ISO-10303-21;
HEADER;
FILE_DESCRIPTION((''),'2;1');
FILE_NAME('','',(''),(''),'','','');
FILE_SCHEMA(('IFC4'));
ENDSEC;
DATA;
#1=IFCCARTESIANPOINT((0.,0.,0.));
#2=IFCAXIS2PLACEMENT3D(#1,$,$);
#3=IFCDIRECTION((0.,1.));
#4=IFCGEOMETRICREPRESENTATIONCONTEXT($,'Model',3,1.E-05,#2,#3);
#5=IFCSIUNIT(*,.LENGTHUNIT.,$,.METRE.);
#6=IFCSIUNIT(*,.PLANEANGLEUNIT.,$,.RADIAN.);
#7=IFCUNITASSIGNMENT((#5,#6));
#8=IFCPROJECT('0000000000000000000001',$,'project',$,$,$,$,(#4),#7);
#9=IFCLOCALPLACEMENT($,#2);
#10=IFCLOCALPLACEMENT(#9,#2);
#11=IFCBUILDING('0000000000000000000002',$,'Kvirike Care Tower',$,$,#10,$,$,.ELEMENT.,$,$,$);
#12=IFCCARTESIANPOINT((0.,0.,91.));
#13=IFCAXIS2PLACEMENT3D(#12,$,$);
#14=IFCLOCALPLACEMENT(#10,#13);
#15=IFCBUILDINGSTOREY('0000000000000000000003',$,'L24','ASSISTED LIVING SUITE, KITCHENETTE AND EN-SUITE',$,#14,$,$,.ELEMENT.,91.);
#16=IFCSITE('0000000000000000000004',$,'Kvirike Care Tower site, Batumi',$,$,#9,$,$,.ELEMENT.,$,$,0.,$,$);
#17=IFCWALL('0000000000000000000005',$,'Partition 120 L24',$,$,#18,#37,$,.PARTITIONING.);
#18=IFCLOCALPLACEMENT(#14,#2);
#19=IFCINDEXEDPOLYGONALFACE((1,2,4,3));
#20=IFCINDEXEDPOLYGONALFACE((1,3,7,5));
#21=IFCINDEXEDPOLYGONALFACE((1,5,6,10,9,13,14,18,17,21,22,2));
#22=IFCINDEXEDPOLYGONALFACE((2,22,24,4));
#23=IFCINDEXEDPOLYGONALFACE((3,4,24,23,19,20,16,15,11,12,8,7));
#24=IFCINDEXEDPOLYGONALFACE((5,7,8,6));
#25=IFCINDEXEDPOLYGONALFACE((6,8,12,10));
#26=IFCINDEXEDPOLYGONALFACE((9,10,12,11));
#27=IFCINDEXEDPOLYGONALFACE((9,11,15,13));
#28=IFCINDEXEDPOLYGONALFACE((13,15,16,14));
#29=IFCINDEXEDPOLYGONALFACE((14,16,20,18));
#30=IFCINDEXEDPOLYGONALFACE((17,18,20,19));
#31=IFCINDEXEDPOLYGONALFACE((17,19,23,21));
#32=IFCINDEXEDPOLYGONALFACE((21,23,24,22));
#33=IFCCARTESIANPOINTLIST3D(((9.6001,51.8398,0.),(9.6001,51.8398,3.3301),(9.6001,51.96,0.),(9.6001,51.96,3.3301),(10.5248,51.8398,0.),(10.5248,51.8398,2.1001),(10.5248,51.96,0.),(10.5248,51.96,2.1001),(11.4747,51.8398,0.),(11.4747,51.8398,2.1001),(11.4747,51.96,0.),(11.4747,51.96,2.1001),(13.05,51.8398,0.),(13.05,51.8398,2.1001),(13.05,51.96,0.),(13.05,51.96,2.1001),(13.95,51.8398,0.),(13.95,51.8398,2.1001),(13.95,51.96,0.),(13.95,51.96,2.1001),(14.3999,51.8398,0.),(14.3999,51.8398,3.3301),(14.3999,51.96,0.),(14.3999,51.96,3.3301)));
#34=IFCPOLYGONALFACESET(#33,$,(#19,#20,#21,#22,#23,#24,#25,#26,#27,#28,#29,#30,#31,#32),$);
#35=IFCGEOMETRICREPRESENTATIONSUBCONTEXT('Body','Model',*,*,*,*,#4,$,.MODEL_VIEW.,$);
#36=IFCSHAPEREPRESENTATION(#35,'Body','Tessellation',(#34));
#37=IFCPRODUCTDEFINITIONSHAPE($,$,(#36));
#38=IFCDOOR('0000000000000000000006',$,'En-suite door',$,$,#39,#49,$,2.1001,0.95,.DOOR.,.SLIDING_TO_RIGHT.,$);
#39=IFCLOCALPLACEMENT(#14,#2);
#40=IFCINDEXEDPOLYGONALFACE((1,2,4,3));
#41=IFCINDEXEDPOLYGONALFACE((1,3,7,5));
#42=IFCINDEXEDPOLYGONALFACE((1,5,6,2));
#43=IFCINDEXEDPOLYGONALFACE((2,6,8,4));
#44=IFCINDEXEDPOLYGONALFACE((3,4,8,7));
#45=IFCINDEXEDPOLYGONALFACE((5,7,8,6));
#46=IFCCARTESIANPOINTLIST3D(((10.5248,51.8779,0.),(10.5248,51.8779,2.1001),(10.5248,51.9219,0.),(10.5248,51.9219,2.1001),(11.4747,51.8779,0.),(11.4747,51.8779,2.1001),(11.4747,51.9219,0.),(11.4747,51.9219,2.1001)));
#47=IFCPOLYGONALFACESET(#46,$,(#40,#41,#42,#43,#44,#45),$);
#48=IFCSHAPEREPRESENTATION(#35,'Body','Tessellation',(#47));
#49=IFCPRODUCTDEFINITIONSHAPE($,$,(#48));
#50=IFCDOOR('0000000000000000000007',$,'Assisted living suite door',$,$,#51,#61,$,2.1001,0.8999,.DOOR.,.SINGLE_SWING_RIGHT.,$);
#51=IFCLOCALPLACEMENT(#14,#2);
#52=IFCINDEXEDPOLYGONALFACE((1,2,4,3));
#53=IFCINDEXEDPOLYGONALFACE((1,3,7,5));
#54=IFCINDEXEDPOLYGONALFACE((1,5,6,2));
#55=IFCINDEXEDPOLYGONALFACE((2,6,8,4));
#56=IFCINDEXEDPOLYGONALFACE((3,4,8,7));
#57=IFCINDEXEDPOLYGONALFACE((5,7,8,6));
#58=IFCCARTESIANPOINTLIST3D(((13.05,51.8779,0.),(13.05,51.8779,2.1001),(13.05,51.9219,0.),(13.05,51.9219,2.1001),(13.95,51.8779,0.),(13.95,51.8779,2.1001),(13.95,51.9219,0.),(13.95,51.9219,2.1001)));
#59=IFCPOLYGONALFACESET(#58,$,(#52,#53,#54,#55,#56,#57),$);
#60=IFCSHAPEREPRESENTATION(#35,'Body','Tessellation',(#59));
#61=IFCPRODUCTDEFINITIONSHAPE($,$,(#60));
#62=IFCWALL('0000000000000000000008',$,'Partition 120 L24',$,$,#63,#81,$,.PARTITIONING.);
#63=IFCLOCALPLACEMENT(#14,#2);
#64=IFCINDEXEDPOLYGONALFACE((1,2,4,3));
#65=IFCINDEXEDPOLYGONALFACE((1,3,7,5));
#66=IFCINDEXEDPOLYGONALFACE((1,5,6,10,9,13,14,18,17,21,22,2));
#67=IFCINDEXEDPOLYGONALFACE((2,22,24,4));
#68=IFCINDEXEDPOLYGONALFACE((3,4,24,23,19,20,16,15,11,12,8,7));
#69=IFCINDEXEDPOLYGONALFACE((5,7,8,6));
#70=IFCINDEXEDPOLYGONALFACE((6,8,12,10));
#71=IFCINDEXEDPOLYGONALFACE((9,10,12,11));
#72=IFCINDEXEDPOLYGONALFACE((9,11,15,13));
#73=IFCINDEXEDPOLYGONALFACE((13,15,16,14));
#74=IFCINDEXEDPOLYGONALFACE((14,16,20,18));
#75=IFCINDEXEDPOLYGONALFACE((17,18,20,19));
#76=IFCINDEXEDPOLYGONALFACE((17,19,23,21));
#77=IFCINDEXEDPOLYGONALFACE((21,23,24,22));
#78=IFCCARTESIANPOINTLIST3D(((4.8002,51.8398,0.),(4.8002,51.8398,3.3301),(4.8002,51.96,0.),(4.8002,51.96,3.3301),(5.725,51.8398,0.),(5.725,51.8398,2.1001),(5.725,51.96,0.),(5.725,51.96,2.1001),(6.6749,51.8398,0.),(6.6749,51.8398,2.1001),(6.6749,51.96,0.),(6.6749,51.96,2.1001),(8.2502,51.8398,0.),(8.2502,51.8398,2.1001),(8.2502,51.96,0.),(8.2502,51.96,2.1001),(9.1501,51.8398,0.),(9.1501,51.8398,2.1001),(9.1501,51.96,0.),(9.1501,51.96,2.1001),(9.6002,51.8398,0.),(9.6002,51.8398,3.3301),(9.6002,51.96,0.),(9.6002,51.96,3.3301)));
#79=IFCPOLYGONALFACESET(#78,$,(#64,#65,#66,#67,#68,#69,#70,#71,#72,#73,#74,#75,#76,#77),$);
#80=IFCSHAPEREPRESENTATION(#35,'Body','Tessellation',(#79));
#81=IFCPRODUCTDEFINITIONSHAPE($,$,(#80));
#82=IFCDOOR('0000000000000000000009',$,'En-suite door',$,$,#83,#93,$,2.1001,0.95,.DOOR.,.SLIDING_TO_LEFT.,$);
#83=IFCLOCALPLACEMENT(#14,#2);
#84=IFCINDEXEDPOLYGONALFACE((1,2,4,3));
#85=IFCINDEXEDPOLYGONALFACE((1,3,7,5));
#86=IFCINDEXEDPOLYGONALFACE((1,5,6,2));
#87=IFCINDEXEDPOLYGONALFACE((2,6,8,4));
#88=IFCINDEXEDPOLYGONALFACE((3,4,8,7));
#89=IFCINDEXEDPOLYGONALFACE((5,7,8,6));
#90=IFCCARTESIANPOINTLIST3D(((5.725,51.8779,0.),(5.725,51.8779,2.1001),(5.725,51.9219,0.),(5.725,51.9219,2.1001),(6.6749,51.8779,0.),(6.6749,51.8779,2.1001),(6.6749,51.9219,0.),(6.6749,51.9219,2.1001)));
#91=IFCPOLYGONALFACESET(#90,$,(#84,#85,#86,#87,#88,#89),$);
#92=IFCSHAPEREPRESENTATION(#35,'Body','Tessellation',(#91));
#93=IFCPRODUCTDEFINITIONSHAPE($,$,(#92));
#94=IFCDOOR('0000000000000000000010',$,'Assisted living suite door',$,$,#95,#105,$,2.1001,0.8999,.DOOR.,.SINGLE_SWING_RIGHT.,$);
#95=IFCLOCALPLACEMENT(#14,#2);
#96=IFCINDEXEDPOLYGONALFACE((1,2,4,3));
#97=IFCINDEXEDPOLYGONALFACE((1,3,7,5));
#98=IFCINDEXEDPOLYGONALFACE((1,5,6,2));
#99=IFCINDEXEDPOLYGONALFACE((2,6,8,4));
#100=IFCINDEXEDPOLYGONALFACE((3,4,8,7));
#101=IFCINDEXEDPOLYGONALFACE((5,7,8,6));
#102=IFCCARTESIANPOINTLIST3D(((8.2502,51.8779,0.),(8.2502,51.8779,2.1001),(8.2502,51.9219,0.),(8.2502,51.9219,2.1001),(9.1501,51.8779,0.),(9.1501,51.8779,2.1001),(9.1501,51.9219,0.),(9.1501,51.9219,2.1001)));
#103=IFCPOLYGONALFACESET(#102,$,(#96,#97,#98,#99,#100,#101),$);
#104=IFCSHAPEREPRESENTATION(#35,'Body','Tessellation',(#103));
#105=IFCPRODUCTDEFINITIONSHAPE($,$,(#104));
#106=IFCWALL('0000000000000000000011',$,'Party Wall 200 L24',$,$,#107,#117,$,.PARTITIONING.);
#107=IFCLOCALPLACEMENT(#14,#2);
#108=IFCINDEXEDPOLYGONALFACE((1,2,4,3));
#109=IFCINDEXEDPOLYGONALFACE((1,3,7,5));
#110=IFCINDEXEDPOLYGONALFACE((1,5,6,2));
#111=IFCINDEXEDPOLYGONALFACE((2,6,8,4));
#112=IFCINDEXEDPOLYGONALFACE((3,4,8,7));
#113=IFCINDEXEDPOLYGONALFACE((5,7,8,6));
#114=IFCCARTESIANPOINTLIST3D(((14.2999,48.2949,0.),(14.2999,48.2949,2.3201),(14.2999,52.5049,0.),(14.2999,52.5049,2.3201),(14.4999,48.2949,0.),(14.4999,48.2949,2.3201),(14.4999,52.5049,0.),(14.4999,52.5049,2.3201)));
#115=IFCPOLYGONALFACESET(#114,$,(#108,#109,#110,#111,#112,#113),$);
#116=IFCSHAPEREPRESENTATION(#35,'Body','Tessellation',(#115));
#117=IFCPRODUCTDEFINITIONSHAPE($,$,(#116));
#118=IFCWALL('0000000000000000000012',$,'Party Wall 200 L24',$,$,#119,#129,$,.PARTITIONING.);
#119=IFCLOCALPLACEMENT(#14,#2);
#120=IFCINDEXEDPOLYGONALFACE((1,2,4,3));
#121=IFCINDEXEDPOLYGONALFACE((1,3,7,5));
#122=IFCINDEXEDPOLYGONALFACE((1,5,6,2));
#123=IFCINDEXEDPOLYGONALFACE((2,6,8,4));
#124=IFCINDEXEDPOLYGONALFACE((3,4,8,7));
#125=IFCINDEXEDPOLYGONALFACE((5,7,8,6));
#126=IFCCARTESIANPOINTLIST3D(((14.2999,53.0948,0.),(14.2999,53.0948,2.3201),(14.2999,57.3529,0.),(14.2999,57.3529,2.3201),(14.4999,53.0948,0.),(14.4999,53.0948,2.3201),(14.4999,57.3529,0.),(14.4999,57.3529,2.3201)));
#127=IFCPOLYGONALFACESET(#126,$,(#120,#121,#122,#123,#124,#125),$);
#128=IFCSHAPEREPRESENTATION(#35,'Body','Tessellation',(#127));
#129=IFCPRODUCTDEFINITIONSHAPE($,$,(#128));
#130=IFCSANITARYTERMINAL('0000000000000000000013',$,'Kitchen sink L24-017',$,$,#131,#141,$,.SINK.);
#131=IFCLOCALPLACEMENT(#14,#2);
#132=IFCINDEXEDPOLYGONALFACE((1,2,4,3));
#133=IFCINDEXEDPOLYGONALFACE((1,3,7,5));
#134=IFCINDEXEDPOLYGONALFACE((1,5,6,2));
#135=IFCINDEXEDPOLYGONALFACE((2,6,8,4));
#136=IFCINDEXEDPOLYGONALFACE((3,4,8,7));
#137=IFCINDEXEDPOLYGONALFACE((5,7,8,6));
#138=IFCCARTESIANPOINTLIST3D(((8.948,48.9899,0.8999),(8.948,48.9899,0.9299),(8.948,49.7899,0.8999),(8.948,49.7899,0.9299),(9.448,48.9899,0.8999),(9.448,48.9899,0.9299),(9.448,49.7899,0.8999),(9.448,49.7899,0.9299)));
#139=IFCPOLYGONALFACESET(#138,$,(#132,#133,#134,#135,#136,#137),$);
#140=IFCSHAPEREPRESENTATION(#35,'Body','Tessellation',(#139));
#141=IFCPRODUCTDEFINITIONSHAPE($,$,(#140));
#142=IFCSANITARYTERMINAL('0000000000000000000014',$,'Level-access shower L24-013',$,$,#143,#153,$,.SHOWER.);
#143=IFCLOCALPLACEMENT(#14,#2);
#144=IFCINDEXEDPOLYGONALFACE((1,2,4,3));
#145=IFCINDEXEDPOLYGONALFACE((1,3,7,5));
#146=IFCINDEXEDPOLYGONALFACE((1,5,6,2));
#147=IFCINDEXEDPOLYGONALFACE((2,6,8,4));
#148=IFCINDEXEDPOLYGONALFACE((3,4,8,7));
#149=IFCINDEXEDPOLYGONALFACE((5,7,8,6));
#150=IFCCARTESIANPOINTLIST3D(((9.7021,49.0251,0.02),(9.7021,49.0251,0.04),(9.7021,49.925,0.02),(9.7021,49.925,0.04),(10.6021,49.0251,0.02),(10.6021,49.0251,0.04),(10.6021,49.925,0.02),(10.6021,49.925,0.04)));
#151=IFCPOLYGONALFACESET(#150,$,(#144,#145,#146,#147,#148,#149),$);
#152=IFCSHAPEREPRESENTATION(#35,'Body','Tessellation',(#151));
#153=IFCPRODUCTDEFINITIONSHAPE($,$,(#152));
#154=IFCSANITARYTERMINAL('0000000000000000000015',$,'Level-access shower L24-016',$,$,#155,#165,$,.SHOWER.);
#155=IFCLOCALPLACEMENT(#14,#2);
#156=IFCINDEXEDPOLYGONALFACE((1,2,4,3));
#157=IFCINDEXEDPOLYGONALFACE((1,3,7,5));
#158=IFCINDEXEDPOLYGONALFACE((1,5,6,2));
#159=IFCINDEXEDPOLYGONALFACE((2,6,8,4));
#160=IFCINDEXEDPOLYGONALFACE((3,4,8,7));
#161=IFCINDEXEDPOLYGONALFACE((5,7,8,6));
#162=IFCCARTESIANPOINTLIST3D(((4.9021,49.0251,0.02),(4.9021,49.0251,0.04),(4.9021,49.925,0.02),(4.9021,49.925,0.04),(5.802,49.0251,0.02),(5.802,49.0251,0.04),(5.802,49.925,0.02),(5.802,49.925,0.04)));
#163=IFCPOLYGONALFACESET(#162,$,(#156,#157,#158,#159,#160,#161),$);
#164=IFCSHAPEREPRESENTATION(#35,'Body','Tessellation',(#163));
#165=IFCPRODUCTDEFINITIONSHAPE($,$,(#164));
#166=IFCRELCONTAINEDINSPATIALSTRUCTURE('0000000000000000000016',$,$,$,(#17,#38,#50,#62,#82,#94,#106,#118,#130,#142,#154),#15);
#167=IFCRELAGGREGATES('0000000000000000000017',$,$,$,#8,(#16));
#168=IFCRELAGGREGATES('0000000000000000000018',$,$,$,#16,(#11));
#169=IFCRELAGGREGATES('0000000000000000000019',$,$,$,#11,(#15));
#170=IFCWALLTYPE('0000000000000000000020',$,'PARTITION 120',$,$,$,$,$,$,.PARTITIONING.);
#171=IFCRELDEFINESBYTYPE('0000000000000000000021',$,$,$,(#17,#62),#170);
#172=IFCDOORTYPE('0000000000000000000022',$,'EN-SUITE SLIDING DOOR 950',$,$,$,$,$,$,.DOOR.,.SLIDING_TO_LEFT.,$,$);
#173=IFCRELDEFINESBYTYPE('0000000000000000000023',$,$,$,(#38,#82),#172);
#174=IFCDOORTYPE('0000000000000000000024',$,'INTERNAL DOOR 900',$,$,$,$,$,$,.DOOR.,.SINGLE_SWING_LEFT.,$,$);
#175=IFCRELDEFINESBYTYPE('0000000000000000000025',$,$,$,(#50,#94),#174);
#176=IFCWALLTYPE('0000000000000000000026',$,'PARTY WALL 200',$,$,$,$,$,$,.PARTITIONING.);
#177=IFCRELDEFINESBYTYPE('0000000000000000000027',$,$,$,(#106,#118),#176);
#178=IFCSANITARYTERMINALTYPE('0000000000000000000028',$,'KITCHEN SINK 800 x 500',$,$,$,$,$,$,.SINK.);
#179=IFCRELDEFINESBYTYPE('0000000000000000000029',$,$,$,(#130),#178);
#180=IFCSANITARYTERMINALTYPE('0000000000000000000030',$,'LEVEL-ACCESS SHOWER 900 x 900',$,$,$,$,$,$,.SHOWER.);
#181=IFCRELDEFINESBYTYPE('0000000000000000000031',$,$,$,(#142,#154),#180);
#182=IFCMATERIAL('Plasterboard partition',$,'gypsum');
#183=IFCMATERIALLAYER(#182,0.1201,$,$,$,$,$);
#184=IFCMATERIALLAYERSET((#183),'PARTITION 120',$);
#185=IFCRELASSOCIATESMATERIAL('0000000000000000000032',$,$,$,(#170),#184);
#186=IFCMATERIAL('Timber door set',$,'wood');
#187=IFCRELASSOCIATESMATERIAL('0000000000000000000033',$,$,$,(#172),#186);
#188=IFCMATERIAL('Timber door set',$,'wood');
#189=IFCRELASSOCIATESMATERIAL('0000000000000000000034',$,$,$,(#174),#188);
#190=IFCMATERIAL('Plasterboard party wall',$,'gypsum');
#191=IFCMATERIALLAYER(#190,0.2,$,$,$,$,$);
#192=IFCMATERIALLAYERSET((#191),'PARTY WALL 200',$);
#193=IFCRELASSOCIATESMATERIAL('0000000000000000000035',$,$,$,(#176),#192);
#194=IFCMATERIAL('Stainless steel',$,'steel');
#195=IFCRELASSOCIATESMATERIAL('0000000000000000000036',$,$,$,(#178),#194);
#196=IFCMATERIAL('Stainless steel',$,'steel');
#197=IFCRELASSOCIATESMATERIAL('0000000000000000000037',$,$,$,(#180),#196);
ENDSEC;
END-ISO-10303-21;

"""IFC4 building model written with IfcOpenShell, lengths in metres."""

from ifc_helpers import new_model, si_unit, direction, frame, frame_2d, origin, origin_2d, place, context, subcontext, project, spatial, rectangle, extrude, material, layer, layer_set, type_object, element, fill, save


model = new_model("IFC4")

# Units and contexts
model_context = context("Model", 3, precision=1e-05, world=origin(), true_north=direction((0.0, 1.0)))
body_context = subcontext(model_context, "Body", "Model", "MODEL_VIEW")
ifc_project = project(units=[si_unit("LENGTHUNIT", "METRE"), si_unit("PLANEANGLEUNIT", "RADIAN")], contexts=[model_context])

# Site, building, storey
site_placement = place(None, origin())
site = spatial("IfcSite", under=ifc_project, at=site_placement, Name="Kvirike Care Tower site, Batumi", CompositionType="ELEMENT", RefElevation=0.0)
building_placement = place(site_placement, origin())
building = spatial("IfcBuilding", under=site, at=building_placement, Name="Kvirike Care Tower", CompositionType="ELEMENT")
storey_placement = place(building_placement, frame((0.0, 0.0, 91.0)))
storey = spatial("IfcBuildingStorey", under=building, at=storey_placement, Name="L24", Description="ASSISTED LIVING SUITE, KITCHENETTE AND EN-SUITE", CompositionType="ELEMENT", Elevation=91.0)

# Walls, openings, doors
ifc_material_1 = material(Name="Plasterboard partition", Category="gypsum")
ifc_layer_1 = layer(ifc_material_1, 0.1201)
ifc_layer_set_1 = layer_set([ifc_layer_1], Name="PARTITION 120")
wall_type_1 = type_object("IfcWallType", Name="PARTITION 120", PredefinedType="PARTITIONING", material=ifc_layer_set_1)
wall_1_placement = place(storey_placement, frame((14.3999, 51.8999, 0.0), z_axis=(0.0, 0.0, 1.0), x_axis=(-1.0, 0.0, 0.0)))
wall_1 = element("IfcWall", 1, at=wall_1_placement, inside=storey, type_object=wall_type_1, Name="Partition 120 L24", PredefinedType="PARTITIONING", context=body_context, shape_type="SweptSolid", body=[
    extrude(rectangle(XDim=4.7998, YDim=0.1201, at=frame_2d((2.3999, 0.0))), origin(), (0.0, 0.0, 1.0), 3.3301),
])
opening_1_placement = place(wall_1_placement, frame((0.45, 0.0, 0.0)))
opening_1 = element("IfcOpeningElement", 2, at=opening_1_placement, cuts=wall_1, PredefinedType="OPENING", context=body_context, shape_type="SweptSolid", body=[
    extrude(rectangle(XDim=0.8999, YDim=2.1001, at=frame_2d((0.45, 1.05))), frame((0.0, 0.0706, 0.0), z_axis=(0.0, -1.0, 0.0), x_axis=(1.0, 0.0, 0.0)), (0.0, 0.0, 1.0), 0.1411),
])
opening_2_placement = place(wall_1_placement, frame((2.925, 0.0, 0.0)))
opening_2 = element("IfcOpeningElement", 3, at=opening_2_placement, cuts=wall_1, PredefinedType="OPENING", context=body_context, shape_type="SweptSolid", body=[
    extrude(rectangle(XDim=0.95, YDim=2.1001, at=frame_2d((0.4751, 1.05))), frame((0.0, 0.0706, 0.0), z_axis=(0.0, -1.0, 0.0), x_axis=(1.0, 0.0, 0.0)), (0.0, 0.0, 1.0), 0.1411),
])
ifc_material_2 = material(Name="Timber door set", Category="wood")
door_type_1 = type_object("IfcDoorType", Name="EN-SUITE SLIDING DOOR 950", OperationType="SLIDING_TO_LEFT", PredefinedType="DOOR", material=ifc_material_2)
door_1_placement = place(opening_2_placement, origin())
door_1 = element("IfcDoor", 4, at=door_1_placement, inside=storey, type_object=door_type_1, Name="En-suite door", OperationType="SLIDING_TO_RIGHT", OverallHeight=2.1001, OverallWidth=0.95, PredefinedType="DOOR", context=body_context, shape_type="SweptSolid", body=[
    extrude(rectangle(XDim=0.95, YDim=2.1001, at=frame_2d((0.4751, 1.05))), frame((0.0, 0.022, 0.0), z_axis=(0.0, -1.0, 0.0), x_axis=(1.0, 0.0, 0.0)), (0.0, 0.0, 1.0), 0.0439),
])
fill(opening_2, door_1)
ifc_material_3 = material(Name="Timber door set", Category="wood")
door_type_2 = type_object("IfcDoorType", Name="INTERNAL DOOR 900", OperationType="SINGLE_SWING_LEFT", PredefinedType="DOOR", material=ifc_material_3)
door_2_placement = place(opening_1_placement, origin())
door_2 = element("IfcDoor", 5, at=door_2_placement, inside=storey, type_object=door_type_2, Name="Assisted living suite door", OperationType="SINGLE_SWING_RIGHT", OverallHeight=2.1001, OverallWidth=0.8999, PredefinedType="DOOR", context=body_context, shape_type="SweptSolid", body=[
    extrude(rectangle(XDim=0.8999, YDim=2.1001, at=frame_2d((0.45, 1.05))), frame((0.0, 0.022, 0.0), z_axis=(0.0, -1.0, 0.0), x_axis=(1.0, 0.0, 0.0)), (0.0, 0.0, 1.0), 0.0439),
])
fill(opening_1, door_2)
wall_2_placement = place(storey_placement, frame((9.6001, 51.8999, 0.0), z_axis=(0.0, 0.0, 1.0), x_axis=(-1.0, 0.0, 0.0)))
wall_2 = element("IfcWall", 6, at=wall_2_placement, inside=storey, type_object=wall_type_1, Name="Partition 120 L24", PredefinedType="PARTITIONING", context=body_context, shape_type="SweptSolid", body=[
    extrude(rectangle(XDim=4.8, YDim=0.1201, at=frame_2d((2.3999, 0.0))), origin(), (0.0, 0.0, 1.0), 3.3301),
])
opening_3_placement = place(wall_2_placement, frame((0.45, 0.0, 0.0)))
opening_3 = element("IfcOpeningElement", 7, at=opening_3_placement, cuts=wall_2, PredefinedType="OPENING", context=body_context, shape_type="SweptSolid", body=[
    extrude(rectangle(XDim=0.8999, YDim=2.1001, at=frame_2d((0.45, 1.05))), frame((0.0, 0.0706, 0.0), z_axis=(0.0, -1.0, 0.0), x_axis=(1.0, 0.0, 0.0)), (0.0, 0.0, 1.0), 0.1411),
])
opening_4_placement = place(wall_2_placement, frame((2.925, 0.0, 0.0)))
opening_4 = element("IfcOpeningElement", 8, at=opening_4_placement, cuts=wall_2, PredefinedType="OPENING", context=body_context, shape_type="SweptSolid", body=[
    extrude(rectangle(XDim=0.95, YDim=2.1001, at=frame_2d((0.4751, 1.05))), frame((0.0, 0.0706, 0.0), z_axis=(0.0, -1.0, 0.0), x_axis=(1.0, 0.0, 0.0)), (0.0, 0.0, 1.0), 0.1411),
])
door_3_placement = place(opening_4_placement, origin())
door_3 = element("IfcDoor", 9, at=door_3_placement, inside=storey, type_object=door_type_1, Name="En-suite door", OperationType="SLIDING_TO_LEFT", OverallHeight=2.1001, OverallWidth=0.95, PredefinedType="DOOR", context=body_context, shape_type="SweptSolid", body=[
    extrude(rectangle(XDim=0.95, YDim=2.1001, at=frame_2d((0.4751, 1.05))), frame((0.0, 0.022, 0.0), z_axis=(0.0, -1.0, 0.0), x_axis=(1.0, 0.0, 0.0)), (0.0, 0.0, 1.0), 0.0439),
])
fill(opening_4, door_3)
door_4_placement = place(opening_3_placement, origin())
door_4 = element("IfcDoor", 10, at=door_4_placement, inside=storey, type_object=door_type_2, Name="Assisted living suite door", OperationType="SINGLE_SWING_RIGHT", OverallHeight=2.1001, OverallWidth=0.8999, PredefinedType="DOOR", context=body_context, shape_type="SweptSolid", body=[
    extrude(rectangle(XDim=0.8999, YDim=2.1001, at=frame_2d((0.45, 1.05))), frame((0.0, 0.022, 0.0), z_axis=(0.0, -1.0, 0.0), x_axis=(1.0, 0.0, 0.0)), (0.0, 0.0, 1.0), 0.0439),
])
fill(opening_3, door_4)

# Walls
ifc_material_4 = material(Name="Plasterboard party wall", Category="gypsum")
ifc_layer_2 = layer(ifc_material_4, 0.2)
ifc_layer_set_2 = layer_set([ifc_layer_2], Name="PARTY WALL 200")
wall_type_2 = type_object("IfcWallType", Name="PARTY WALL 200", PredefinedType="PARTITIONING", material=ifc_layer_set_2)
wall_3_placement = place(storey_placement, frame((14.3999, 48.2949, 0.0), z_axis=(0.0, 0.0, 1.0), x_axis=(0.0, 1.0, 0.0)))
element("IfcWall", 11, at=wall_3_placement, inside=storey, type_object=wall_type_2, Name="Party Wall 200 L24", PredefinedType="PARTITIONING", context=body_context, shape_type="SweptSolid", body=[
    extrude(rectangle(XDim=4.21, YDim=0.2, at=frame_2d((2.105, 0.0))), origin(), (0.0, 0.0, 1.0), 2.3201),
])
wall_4_placement = place(storey_placement, frame((14.3999, 53.095, 0.0), z_axis=(0.0, 0.0, 1.0), x_axis=(0.0, 1.0, 0.0)))
element("IfcWall", 12, at=wall_4_placement, inside=storey, type_object=wall_type_2, Name="Party Wall 200 L24", PredefinedType="PARTITIONING", context=body_context, shape_type="SweptSolid", body=[
    extrude(rectangle(XDim=4.2581, YDim=0.2, at=frame_2d((2.1289, 0.0))), origin(), (0.0, 0.0, 1.0), 2.3201),
])

# Sanitary terminals
ifc_material_5 = material(Name="Stainless steel", Category="steel")
sanitary_terminal_type_1 = type_object("IfcSanitaryTerminalType", Name="KITCHEN SINK 800 x 500", PredefinedType="SINK", material=ifc_material_5)
sanitary_terminal_1_placement = place(storey_placement, frame((9.198, 49.3899, 0.8999), z_axis=(0.0, 0.0, 1.0), x_axis=(0.0, -1.0, 0.0)))
element("IfcSanitaryTerminal", 13, at=sanitary_terminal_1_placement, inside=storey, type_object=sanitary_terminal_type_1, Name="Kitchen sink L24-017", PredefinedType="SINK", context=body_context, shape_type="SweptSolid", body=[
    extrude(rectangle(XDim=0.8, YDim=0.5, at=origin_2d()), origin(), (0.0, 0.0, 1.0), 0.03),
])
ifc_material_6 = material(Name="Stainless steel", Category="steel")
sanitary_terminal_type_2 = type_object("IfcSanitaryTerminalType", Name="LEVEL-ACCESS SHOWER 900 x 900", PredefinedType="SHOWER", material=ifc_material_6)
for number, where, z_axis, x_axis, name in (
    (14, (10.1521, 49.4751, 0.02), (0.0, 0.0, 1.0), (0.0, 1.0, 0.0), "Level-access shower L24-013"),
    (15, (5.3521, 49.4751, 0.02), (0.0, 0.0, 1.0), (0.0, 1.0, 0.0), "Level-access shower L24-016"),
):
    element("IfcSanitaryTerminal", number, at=place(storey_placement, frame(where, z_axis=z_axis, x_axis=x_axis)), inside=storey, type_object=sanitary_terminal_type_2, Name=name, PredefinedType="SHOWER", context=body_context, shape_type="SweptSolid", body=[
        extrude(rectangle(XDim=0.8999, YDim=0.8999, at=origin_2d()), origin(), (0.0, 0.0, 1.0), 0.02),
    ])

save(model, "model.ifc")
